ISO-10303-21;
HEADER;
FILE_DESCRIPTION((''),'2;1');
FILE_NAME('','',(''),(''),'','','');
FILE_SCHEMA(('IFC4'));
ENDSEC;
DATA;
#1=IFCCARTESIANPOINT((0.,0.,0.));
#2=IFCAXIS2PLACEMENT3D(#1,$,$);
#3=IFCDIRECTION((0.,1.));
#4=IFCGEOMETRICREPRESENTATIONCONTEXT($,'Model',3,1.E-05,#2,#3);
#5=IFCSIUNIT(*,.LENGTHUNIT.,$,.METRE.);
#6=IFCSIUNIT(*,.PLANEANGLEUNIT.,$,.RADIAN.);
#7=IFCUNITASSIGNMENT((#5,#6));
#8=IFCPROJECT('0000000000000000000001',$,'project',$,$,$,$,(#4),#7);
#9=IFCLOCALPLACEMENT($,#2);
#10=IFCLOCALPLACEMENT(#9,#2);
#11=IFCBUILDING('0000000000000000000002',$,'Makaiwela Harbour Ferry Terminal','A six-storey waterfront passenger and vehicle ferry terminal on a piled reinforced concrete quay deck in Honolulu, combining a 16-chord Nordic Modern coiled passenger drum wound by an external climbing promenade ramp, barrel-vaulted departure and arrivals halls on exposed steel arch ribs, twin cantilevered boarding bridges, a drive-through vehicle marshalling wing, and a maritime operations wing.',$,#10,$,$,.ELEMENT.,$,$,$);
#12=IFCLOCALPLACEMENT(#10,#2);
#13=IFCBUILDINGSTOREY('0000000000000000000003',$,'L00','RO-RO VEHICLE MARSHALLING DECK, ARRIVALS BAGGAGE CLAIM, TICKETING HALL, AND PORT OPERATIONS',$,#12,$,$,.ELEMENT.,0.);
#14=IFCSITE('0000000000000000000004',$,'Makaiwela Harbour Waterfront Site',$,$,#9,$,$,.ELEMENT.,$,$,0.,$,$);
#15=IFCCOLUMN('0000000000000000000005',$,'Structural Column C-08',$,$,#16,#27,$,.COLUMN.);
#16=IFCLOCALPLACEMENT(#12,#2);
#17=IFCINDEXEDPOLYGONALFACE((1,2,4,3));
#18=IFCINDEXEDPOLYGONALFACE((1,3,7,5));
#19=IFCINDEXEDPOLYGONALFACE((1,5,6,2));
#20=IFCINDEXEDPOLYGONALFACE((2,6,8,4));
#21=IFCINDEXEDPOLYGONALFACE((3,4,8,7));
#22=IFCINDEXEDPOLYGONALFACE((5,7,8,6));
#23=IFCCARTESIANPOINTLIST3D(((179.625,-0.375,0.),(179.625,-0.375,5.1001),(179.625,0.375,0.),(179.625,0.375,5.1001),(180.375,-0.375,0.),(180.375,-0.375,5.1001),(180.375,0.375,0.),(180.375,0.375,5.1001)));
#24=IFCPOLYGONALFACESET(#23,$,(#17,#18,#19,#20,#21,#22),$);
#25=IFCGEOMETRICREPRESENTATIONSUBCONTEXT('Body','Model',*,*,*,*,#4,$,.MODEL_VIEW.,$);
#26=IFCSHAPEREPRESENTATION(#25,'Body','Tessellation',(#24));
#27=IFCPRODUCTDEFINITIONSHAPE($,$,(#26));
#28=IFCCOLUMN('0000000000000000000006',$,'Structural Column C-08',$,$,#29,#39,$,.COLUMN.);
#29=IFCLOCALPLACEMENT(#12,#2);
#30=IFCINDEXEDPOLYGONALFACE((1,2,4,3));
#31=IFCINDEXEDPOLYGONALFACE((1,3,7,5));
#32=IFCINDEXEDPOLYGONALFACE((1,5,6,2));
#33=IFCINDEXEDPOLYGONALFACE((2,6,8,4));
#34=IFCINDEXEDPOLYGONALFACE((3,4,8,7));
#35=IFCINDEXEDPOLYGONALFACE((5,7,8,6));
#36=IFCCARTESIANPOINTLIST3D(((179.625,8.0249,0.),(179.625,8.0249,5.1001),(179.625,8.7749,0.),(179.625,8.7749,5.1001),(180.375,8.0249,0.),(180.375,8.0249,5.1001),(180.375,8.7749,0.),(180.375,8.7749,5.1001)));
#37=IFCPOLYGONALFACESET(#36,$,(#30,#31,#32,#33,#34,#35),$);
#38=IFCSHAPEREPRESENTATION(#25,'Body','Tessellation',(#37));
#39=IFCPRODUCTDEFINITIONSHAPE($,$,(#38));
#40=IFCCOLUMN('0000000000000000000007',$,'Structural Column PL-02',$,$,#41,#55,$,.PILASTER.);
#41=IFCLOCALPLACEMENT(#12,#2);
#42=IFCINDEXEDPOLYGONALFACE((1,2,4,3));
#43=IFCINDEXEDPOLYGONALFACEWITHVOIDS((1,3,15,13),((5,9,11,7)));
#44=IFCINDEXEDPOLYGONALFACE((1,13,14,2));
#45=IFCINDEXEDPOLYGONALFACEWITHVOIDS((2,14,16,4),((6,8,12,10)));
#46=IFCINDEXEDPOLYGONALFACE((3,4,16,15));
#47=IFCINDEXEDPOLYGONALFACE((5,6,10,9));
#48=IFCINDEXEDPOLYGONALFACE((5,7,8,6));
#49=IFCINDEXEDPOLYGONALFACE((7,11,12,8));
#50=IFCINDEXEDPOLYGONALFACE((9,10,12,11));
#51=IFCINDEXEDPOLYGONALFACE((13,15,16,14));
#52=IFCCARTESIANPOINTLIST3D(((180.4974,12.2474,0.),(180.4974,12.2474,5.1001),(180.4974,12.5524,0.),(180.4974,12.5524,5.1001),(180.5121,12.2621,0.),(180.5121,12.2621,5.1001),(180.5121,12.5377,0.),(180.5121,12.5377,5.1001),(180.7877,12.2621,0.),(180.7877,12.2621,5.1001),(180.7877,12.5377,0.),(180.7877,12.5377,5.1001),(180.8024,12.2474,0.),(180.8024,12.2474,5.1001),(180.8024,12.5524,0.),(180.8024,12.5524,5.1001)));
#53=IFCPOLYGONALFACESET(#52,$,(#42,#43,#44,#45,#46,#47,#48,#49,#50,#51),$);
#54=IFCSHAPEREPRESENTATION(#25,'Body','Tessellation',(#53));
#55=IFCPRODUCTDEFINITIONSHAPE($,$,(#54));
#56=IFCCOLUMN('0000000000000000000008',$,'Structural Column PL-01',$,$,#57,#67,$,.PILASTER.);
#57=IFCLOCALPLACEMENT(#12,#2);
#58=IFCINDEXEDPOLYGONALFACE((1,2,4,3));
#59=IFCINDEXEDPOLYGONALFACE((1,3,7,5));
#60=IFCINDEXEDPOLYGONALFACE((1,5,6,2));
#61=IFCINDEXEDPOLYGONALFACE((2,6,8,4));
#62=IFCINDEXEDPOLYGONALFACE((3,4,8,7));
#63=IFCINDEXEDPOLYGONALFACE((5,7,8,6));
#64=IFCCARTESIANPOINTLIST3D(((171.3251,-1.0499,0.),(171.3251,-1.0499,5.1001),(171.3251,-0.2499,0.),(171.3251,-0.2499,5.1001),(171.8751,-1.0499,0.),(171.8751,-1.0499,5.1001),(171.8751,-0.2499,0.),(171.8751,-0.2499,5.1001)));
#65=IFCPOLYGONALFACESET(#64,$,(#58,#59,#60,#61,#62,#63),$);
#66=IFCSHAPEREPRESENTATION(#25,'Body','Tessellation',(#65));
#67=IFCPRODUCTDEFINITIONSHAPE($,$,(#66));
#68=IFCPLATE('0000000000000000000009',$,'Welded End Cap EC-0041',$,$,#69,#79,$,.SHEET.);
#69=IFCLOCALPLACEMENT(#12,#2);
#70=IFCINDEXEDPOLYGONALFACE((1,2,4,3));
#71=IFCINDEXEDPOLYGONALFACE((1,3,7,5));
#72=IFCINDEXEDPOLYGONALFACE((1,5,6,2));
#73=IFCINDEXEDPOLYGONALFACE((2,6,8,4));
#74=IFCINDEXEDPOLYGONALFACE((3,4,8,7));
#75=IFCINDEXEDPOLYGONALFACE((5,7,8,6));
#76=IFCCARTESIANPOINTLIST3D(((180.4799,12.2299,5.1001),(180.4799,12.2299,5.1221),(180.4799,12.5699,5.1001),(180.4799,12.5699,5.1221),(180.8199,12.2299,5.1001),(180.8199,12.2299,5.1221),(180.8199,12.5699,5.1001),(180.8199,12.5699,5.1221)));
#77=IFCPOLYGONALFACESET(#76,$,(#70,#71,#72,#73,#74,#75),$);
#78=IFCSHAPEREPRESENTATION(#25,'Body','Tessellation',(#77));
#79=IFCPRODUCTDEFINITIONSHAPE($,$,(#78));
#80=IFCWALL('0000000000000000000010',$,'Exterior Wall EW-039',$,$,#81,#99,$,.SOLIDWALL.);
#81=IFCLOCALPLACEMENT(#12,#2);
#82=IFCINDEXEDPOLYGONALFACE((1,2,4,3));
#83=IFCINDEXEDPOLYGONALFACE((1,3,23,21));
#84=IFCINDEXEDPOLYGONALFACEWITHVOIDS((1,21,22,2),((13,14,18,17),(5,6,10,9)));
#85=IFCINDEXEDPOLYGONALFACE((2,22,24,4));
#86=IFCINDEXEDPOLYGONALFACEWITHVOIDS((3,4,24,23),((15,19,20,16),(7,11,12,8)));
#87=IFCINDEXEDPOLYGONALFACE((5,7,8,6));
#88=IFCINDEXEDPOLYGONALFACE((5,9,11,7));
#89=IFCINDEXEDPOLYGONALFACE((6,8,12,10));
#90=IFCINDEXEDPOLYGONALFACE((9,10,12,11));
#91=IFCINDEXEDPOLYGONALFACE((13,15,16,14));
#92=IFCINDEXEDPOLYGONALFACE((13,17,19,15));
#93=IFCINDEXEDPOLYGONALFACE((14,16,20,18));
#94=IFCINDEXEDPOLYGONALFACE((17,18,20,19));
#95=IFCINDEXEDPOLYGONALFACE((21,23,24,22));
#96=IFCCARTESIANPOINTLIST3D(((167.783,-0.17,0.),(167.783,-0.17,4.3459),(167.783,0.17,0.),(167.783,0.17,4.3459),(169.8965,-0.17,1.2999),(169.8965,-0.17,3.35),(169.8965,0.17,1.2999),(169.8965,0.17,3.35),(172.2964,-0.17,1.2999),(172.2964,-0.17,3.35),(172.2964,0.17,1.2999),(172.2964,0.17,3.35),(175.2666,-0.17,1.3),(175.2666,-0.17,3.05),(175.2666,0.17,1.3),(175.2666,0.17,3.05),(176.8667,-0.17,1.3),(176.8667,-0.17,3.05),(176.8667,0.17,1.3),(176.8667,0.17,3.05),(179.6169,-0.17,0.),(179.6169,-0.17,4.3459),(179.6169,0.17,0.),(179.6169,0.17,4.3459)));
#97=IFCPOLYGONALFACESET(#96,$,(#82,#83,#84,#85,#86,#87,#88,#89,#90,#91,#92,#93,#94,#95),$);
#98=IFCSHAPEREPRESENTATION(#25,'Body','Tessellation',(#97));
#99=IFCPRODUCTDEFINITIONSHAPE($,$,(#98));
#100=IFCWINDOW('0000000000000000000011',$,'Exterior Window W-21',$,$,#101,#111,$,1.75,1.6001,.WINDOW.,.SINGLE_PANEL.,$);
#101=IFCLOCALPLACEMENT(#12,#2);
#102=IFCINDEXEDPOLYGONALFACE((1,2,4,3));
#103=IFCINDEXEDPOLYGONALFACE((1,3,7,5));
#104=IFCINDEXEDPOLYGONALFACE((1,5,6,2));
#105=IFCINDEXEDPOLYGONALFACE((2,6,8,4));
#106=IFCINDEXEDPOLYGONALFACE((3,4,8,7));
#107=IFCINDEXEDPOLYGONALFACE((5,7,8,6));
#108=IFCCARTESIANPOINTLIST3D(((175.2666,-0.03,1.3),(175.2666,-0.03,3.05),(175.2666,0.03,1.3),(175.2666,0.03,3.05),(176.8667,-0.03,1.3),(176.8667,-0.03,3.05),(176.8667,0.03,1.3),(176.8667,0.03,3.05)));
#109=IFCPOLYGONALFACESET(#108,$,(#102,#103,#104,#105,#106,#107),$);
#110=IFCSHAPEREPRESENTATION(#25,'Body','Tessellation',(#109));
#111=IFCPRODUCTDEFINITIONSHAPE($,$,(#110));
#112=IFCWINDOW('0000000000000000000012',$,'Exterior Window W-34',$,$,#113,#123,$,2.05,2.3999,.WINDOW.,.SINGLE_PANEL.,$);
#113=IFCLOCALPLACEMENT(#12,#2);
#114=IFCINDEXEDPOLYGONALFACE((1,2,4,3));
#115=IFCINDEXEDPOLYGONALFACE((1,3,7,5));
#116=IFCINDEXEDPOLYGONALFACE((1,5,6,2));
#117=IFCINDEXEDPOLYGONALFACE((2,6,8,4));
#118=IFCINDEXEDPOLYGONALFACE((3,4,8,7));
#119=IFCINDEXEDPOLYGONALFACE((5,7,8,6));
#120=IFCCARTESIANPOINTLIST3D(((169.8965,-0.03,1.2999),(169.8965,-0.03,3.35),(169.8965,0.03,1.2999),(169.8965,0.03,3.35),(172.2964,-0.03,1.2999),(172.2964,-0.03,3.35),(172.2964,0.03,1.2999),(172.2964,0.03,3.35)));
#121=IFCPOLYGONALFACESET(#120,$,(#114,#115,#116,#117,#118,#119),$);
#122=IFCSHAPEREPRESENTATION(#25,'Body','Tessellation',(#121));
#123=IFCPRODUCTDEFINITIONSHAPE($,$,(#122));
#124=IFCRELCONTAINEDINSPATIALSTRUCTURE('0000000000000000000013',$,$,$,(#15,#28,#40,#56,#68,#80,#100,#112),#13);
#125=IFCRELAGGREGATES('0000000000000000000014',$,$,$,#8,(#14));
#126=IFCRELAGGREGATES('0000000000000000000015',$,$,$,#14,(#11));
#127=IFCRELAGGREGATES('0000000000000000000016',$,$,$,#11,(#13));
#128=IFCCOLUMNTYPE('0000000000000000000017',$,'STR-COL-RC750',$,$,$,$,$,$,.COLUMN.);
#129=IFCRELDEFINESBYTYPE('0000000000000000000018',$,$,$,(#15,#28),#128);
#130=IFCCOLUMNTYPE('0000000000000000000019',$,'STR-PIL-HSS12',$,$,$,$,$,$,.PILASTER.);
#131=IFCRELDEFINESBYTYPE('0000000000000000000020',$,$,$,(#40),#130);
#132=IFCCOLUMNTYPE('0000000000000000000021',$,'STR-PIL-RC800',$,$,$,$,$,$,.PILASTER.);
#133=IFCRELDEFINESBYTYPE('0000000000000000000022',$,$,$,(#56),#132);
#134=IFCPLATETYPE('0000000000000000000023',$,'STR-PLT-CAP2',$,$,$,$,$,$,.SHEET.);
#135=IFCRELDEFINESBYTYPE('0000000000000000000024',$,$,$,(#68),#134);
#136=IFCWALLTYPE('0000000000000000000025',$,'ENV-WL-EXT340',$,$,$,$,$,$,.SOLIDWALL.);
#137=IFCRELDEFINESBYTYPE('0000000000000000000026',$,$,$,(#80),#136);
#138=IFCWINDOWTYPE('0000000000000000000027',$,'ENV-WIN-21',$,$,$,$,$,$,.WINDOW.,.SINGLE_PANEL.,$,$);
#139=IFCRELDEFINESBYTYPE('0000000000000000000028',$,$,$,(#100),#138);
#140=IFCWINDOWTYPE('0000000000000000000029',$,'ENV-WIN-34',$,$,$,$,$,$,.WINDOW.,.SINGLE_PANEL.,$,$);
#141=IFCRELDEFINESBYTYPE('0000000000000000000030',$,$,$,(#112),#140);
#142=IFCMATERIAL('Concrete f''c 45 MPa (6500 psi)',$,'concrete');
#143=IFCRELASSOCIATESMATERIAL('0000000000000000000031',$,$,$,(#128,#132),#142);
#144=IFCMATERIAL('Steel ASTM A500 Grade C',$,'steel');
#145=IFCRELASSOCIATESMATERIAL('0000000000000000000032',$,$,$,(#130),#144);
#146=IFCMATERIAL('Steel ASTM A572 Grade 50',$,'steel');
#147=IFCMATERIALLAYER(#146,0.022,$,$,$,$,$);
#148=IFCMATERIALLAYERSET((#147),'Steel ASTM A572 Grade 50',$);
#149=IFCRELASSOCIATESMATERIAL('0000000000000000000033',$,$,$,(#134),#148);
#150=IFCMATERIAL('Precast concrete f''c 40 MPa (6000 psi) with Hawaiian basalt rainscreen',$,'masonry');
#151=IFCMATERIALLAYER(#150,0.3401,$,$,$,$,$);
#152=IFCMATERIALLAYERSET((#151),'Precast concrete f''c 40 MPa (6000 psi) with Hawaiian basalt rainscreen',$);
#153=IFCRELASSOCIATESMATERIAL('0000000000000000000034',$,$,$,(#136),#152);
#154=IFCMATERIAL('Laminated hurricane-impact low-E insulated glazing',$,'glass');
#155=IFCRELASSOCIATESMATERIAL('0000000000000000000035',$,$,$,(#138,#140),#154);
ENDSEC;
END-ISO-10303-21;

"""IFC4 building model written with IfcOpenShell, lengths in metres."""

from ifc_helpers import new_model, si_unit, direction, frame, frame_2d, origin, origin_2d, place, context, subcontext, project, spatial, rectangle, hollow_rectangle, extrude, material, layer, layer_set, material_profile, profile_set, type_object, element, fill, save


model = new_model("IFC4")

# Units and contexts
model_context = context("Model", 3, precision=1e-05, world=origin(), true_north=direction((0.0, 1.0)))
body_context = subcontext(model_context, "Body", "Model", "MODEL_VIEW")
ifc_project = project(units=[si_unit("LENGTHUNIT", "METRE"), si_unit("PLANEANGLEUNIT", "RADIAN")], contexts=[model_context])

# Site, building, storey
site_placement = place(None, origin())
site = spatial("IfcSite", under=ifc_project, at=site_placement, Name="Makaiwela Harbour Waterfront Site", CompositionType="ELEMENT", RefElevation=0.0)
building_placement = place(site_placement, origin())
building = spatial("IfcBuilding", under=site, at=building_placement, Name="Makaiwela Harbour Ferry Terminal", Description="A six-storey waterfront passenger and vehicle ferry terminal on a piled reinforced concrete quay deck in Honolulu, combining a 16-chord Nordic Modern coiled passenger drum wound by an external climbing promenade ramp, barrel-vaulted departure and arrivals halls on exposed steel arch ribs, twin cantilevered boarding bridges, a drive-through vehicle marshalling wing, and a maritime operations wing.", CompositionType="ELEMENT")
storey_placement = place(building_placement, origin())
storey = spatial("IfcBuildingStorey", under=building, at=storey_placement, Name="L00", Description="RO-RO VEHICLE MARSHALLING DECK, ARRIVALS BAGGAGE CLAIM, TICKETING HALL, AND PORT OPERATIONS", CompositionType="ELEMENT", Elevation=0.0)

# Shared definitions
ifc_material_1 = material(Name="Concrete f'c 45 MPa (6500 psi)", Category="concrete")

# Columns
ifc_material_profile_1 = material_profile(ifc_material_1, rectangle(XDim=0.75, YDim=0.75, at=origin_2d()), Name="RC-750X750")
ifc_profile_set_1 = profile_set([ifc_material_profile_1], Name="Concrete f'c 45 MPa (6500 psi)")
column_type_1 = type_object("IfcColumnType", Name="STR-COL-RC750", PredefinedType="COLUMN", material=ifc_profile_set_1)
for number, where, z_axis, x_axis, name in (
    (1, (180.0, 0.0, 0.0), (0.0, 0.0, 1.0), (1.0, 0.0, 0.0), "Structural Column C-08"),
    (2, (180.0, 8.3999, 0.0), (0.0, 0.0, 1.0), (1.0, 0.0, 0.0), "Structural Column C-08"),
):
    element("IfcColumn", number, at=place(storey_placement, frame(where, z_axis=z_axis, x_axis=x_axis)), inside=storey, type_object=column_type_1, Name=name, PredefinedType="COLUMN", context=body_context, shape_type="SweptSolid", body=[
        extrude(rectangle(XDim=0.75, YDim=0.75, at=origin_2d()), origin(), (0.0, 0.0, 1.0), 5.1001),
    ])
ifc_material_2 = material(Name="Steel ASTM A500 Grade C", Category="steel")
ifc_material_profile_2 = material_profile(ifc_material_2, hollow_rectangle(XDim=0.3049, YDim=0.3049, WallThickness=0.0146, at=origin_2d()), Name="HSS12X12X5/8")
ifc_profile_set_2 = profile_set([ifc_material_profile_2], Name="Steel ASTM A500 Grade C")
column_type_2 = type_object("IfcColumnType", Name="STR-PIL-HSS12", PredefinedType="PILASTER", material=ifc_profile_set_2)
column_1_placement = place(storey_placement, frame((180.6499, 12.3999, 0.0), z_axis=(0.0, 0.0, 1.0), x_axis=(0.0, 1.0, 0.0)))
element("IfcColumn", 3, at=column_1_placement, inside=storey, type_object=column_type_2, Name="Structural Column PL-02", PredefinedType="PILASTER", context=body_context, shape_type="SweptSolid", body=[
    extrude(hollow_rectangle(XDim=0.3049, YDim=0.3049, WallThickness=0.0146, at=origin_2d()), origin(), (0.0, 0.0, 1.0), 5.1001),
])
ifc_material_profile_3 = material_profile(ifc_material_1, rectangle(XDim=0.55, YDim=0.8, at=origin_2d()), Name="RC-800X550")
ifc_profile_set_3 = profile_set([ifc_material_profile_3], Name="Concrete f'c 45 MPa (6500 psi)")
column_type_3 = type_object("IfcColumnType", Name="STR-PIL-RC800", PredefinedType="PILASTER", material=ifc_profile_set_3)
column_2_placement = place(storey_placement, frame((171.6001, -0.6499, 0.0), z_axis=(0.0, 0.0, 1.0), x_axis=(1.0, 0.0, 0.0)))
element("IfcColumn", 4, at=column_2_placement, inside=storey, type_object=column_type_3, Name="Structural Column PL-01", PredefinedType="PILASTER", context=body_context, shape_type="SweptSolid", body=[
    extrude(rectangle(XDim=0.55, YDim=0.8, at=origin_2d()), origin(), (0.0, 0.0, 1.0), 5.1001),
])

# Plate
ifc_material_3 = material(Name="Steel ASTM A572 Grade 50", Category="steel")
ifc_layer_1 = layer(ifc_material_3, 0.022)
ifc_layer_set_1 = layer_set([ifc_layer_1], Name="Steel ASTM A572 Grade 50")
plate_type = type_object("IfcPlateType", Name="STR-PLT-CAP2", PredefinedType="SHEET", material=ifc_layer_set_1)
plate_placement = place(storey_placement, frame((180.6499, 12.3999, 5.1001), z_axis=(0.0, 0.0, 1.0), x_axis=(1.0, 0.0, 0.0)))
element("IfcPlate", 5, at=plate_placement, inside=storey, type_object=plate_type, Name="Welded End Cap EC-0041", PredefinedType="SHEET", context=body_context, shape_type="SweptSolid", body=[
    extrude(rectangle(XDim=0.3401, YDim=0.3401, at=origin_2d()), origin(), (0.0, 0.0, 1.0), 0.022),
])

# Wall, openings, windows
ifc_material_4 = material(Name="Precast concrete f'c 40 MPa (6000 psi) with Hawaiian basalt rainscreen", Category="masonry")
ifc_layer_2 = layer(ifc_material_4, 0.3401)
ifc_layer_set_2 = layer_set([ifc_layer_2], Name="Precast concrete f'c 40 MPa (6000 psi) with Hawaiian basalt rainscreen")
wall_type = type_object("IfcWallType", Name="ENV-WL-EXT340", PredefinedType="SOLIDWALL", material=ifc_layer_set_2)
wall_1_placement = place(storey_placement, frame((179.6169, 0.0, 0.0), z_axis=(0.0, 0.0, 1.0), x_axis=(-1.0, 0.0, 0.0)))
wall_1 = element("IfcWall", 6, at=wall_1_placement, inside=storey, type_object=wall_type, Name="Exterior Wall EW-039", PredefinedType="SOLIDWALL", context=body_context, shape_type="SweptSolid", body=[
    extrude(rectangle(XDim=11.834, YDim=0.3401, at=frame_2d((5.917, 0.0))), origin(), (0.0, 0.0, 1.0), 4.3459),
])
opening_1_placement = place(wall_1_placement, frame((2.7502, 0.0, 1.3)))
opening_1 = element("IfcOpeningElement", 7, at=opening_1_placement, cuts=wall_1, PredefinedType="OPENING", context=body_context, shape_type="SweptSolid", body=[
    extrude(rectangle(XDim=1.6001, YDim=1.75, at=frame_2d((0.8, 0.875))), frame((0.0, 0.1799, 0.0), z_axis=(0.0, -1.0, 0.0), x_axis=(1.0, 0.0, 0.0)), (0.0, 0.0, 1.0), 0.3601),
])
opening_2_placement = place(wall_1_placement, frame((7.3206, 0.0, 1.3)))
opening_2 = element("IfcOpeningElement", 8, at=opening_2_placement, cuts=wall_1, PredefinedType="OPENING", context=body_context, shape_type="SweptSolid", body=[
    extrude(rectangle(XDim=2.3999, YDim=2.05, at=frame_2d((1.2, 1.0249))), frame((0.0, 0.1799, 0.0), z_axis=(0.0, -1.0, 0.0), x_axis=(1.0, 0.0, 0.0)), (0.0, 0.0, 1.0), 0.3601),
])
ifc_material_5 = material(Name="Laminated hurricane-impact low-E insulated glazing", Category="glass")
window_type_1 = type_object("IfcWindowType", Name="ENV-WIN-21", PartitioningType="SINGLE_PANEL", PredefinedType="WINDOW", material=ifc_material_5)
window_1_placement = place(opening_1_placement, origin())
window_1 = element("IfcWindow", 9, at=window_1_placement, inside=storey, type_object=window_type_1, Name="Exterior Window W-21", OverallHeight=1.75, OverallWidth=1.6001, PartitioningType="SINGLE_PANEL", PredefinedType="WINDOW", context=body_context, shape_type="SweptSolid", body=[
    extrude(rectangle(XDim=1.6001, YDim=1.75, at=frame_2d((0.8, 0.875))), frame((0.0, 0.03, 0.0), z_axis=(0.0, -1.0, 0.0), x_axis=(1.0, 0.0, 0.0)), (0.0, 0.0, 1.0), 0.0601),
])
fill(opening_1, window_1)
window_type_2 = type_object("IfcWindowType", Name="ENV-WIN-34", PartitioningType="SINGLE_PANEL", PredefinedType="WINDOW", material=ifc_material_5)
window_2_placement = place(opening_2_placement, origin())
window_2 = element("IfcWindow", 10, at=window_2_placement, inside=storey, type_object=window_type_2, Name="Exterior Window W-34", OverallHeight=2.05, OverallWidth=2.3999, PartitioningType="SINGLE_PANEL", PredefinedType="WINDOW", context=body_context, shape_type="SweptSolid", body=[
    extrude(rectangle(XDim=2.3999, YDim=2.05, at=frame_2d((1.2, 1.0249))), frame((0.0, 0.03, 0.0), z_axis=(0.0, -1.0, 0.0), x_axis=(1.0, 0.0, 0.0)), (0.0, 0.0, 1.0), 0.0601),
])
fill(opening_2, window_2)

save(model, "model.ifc")
